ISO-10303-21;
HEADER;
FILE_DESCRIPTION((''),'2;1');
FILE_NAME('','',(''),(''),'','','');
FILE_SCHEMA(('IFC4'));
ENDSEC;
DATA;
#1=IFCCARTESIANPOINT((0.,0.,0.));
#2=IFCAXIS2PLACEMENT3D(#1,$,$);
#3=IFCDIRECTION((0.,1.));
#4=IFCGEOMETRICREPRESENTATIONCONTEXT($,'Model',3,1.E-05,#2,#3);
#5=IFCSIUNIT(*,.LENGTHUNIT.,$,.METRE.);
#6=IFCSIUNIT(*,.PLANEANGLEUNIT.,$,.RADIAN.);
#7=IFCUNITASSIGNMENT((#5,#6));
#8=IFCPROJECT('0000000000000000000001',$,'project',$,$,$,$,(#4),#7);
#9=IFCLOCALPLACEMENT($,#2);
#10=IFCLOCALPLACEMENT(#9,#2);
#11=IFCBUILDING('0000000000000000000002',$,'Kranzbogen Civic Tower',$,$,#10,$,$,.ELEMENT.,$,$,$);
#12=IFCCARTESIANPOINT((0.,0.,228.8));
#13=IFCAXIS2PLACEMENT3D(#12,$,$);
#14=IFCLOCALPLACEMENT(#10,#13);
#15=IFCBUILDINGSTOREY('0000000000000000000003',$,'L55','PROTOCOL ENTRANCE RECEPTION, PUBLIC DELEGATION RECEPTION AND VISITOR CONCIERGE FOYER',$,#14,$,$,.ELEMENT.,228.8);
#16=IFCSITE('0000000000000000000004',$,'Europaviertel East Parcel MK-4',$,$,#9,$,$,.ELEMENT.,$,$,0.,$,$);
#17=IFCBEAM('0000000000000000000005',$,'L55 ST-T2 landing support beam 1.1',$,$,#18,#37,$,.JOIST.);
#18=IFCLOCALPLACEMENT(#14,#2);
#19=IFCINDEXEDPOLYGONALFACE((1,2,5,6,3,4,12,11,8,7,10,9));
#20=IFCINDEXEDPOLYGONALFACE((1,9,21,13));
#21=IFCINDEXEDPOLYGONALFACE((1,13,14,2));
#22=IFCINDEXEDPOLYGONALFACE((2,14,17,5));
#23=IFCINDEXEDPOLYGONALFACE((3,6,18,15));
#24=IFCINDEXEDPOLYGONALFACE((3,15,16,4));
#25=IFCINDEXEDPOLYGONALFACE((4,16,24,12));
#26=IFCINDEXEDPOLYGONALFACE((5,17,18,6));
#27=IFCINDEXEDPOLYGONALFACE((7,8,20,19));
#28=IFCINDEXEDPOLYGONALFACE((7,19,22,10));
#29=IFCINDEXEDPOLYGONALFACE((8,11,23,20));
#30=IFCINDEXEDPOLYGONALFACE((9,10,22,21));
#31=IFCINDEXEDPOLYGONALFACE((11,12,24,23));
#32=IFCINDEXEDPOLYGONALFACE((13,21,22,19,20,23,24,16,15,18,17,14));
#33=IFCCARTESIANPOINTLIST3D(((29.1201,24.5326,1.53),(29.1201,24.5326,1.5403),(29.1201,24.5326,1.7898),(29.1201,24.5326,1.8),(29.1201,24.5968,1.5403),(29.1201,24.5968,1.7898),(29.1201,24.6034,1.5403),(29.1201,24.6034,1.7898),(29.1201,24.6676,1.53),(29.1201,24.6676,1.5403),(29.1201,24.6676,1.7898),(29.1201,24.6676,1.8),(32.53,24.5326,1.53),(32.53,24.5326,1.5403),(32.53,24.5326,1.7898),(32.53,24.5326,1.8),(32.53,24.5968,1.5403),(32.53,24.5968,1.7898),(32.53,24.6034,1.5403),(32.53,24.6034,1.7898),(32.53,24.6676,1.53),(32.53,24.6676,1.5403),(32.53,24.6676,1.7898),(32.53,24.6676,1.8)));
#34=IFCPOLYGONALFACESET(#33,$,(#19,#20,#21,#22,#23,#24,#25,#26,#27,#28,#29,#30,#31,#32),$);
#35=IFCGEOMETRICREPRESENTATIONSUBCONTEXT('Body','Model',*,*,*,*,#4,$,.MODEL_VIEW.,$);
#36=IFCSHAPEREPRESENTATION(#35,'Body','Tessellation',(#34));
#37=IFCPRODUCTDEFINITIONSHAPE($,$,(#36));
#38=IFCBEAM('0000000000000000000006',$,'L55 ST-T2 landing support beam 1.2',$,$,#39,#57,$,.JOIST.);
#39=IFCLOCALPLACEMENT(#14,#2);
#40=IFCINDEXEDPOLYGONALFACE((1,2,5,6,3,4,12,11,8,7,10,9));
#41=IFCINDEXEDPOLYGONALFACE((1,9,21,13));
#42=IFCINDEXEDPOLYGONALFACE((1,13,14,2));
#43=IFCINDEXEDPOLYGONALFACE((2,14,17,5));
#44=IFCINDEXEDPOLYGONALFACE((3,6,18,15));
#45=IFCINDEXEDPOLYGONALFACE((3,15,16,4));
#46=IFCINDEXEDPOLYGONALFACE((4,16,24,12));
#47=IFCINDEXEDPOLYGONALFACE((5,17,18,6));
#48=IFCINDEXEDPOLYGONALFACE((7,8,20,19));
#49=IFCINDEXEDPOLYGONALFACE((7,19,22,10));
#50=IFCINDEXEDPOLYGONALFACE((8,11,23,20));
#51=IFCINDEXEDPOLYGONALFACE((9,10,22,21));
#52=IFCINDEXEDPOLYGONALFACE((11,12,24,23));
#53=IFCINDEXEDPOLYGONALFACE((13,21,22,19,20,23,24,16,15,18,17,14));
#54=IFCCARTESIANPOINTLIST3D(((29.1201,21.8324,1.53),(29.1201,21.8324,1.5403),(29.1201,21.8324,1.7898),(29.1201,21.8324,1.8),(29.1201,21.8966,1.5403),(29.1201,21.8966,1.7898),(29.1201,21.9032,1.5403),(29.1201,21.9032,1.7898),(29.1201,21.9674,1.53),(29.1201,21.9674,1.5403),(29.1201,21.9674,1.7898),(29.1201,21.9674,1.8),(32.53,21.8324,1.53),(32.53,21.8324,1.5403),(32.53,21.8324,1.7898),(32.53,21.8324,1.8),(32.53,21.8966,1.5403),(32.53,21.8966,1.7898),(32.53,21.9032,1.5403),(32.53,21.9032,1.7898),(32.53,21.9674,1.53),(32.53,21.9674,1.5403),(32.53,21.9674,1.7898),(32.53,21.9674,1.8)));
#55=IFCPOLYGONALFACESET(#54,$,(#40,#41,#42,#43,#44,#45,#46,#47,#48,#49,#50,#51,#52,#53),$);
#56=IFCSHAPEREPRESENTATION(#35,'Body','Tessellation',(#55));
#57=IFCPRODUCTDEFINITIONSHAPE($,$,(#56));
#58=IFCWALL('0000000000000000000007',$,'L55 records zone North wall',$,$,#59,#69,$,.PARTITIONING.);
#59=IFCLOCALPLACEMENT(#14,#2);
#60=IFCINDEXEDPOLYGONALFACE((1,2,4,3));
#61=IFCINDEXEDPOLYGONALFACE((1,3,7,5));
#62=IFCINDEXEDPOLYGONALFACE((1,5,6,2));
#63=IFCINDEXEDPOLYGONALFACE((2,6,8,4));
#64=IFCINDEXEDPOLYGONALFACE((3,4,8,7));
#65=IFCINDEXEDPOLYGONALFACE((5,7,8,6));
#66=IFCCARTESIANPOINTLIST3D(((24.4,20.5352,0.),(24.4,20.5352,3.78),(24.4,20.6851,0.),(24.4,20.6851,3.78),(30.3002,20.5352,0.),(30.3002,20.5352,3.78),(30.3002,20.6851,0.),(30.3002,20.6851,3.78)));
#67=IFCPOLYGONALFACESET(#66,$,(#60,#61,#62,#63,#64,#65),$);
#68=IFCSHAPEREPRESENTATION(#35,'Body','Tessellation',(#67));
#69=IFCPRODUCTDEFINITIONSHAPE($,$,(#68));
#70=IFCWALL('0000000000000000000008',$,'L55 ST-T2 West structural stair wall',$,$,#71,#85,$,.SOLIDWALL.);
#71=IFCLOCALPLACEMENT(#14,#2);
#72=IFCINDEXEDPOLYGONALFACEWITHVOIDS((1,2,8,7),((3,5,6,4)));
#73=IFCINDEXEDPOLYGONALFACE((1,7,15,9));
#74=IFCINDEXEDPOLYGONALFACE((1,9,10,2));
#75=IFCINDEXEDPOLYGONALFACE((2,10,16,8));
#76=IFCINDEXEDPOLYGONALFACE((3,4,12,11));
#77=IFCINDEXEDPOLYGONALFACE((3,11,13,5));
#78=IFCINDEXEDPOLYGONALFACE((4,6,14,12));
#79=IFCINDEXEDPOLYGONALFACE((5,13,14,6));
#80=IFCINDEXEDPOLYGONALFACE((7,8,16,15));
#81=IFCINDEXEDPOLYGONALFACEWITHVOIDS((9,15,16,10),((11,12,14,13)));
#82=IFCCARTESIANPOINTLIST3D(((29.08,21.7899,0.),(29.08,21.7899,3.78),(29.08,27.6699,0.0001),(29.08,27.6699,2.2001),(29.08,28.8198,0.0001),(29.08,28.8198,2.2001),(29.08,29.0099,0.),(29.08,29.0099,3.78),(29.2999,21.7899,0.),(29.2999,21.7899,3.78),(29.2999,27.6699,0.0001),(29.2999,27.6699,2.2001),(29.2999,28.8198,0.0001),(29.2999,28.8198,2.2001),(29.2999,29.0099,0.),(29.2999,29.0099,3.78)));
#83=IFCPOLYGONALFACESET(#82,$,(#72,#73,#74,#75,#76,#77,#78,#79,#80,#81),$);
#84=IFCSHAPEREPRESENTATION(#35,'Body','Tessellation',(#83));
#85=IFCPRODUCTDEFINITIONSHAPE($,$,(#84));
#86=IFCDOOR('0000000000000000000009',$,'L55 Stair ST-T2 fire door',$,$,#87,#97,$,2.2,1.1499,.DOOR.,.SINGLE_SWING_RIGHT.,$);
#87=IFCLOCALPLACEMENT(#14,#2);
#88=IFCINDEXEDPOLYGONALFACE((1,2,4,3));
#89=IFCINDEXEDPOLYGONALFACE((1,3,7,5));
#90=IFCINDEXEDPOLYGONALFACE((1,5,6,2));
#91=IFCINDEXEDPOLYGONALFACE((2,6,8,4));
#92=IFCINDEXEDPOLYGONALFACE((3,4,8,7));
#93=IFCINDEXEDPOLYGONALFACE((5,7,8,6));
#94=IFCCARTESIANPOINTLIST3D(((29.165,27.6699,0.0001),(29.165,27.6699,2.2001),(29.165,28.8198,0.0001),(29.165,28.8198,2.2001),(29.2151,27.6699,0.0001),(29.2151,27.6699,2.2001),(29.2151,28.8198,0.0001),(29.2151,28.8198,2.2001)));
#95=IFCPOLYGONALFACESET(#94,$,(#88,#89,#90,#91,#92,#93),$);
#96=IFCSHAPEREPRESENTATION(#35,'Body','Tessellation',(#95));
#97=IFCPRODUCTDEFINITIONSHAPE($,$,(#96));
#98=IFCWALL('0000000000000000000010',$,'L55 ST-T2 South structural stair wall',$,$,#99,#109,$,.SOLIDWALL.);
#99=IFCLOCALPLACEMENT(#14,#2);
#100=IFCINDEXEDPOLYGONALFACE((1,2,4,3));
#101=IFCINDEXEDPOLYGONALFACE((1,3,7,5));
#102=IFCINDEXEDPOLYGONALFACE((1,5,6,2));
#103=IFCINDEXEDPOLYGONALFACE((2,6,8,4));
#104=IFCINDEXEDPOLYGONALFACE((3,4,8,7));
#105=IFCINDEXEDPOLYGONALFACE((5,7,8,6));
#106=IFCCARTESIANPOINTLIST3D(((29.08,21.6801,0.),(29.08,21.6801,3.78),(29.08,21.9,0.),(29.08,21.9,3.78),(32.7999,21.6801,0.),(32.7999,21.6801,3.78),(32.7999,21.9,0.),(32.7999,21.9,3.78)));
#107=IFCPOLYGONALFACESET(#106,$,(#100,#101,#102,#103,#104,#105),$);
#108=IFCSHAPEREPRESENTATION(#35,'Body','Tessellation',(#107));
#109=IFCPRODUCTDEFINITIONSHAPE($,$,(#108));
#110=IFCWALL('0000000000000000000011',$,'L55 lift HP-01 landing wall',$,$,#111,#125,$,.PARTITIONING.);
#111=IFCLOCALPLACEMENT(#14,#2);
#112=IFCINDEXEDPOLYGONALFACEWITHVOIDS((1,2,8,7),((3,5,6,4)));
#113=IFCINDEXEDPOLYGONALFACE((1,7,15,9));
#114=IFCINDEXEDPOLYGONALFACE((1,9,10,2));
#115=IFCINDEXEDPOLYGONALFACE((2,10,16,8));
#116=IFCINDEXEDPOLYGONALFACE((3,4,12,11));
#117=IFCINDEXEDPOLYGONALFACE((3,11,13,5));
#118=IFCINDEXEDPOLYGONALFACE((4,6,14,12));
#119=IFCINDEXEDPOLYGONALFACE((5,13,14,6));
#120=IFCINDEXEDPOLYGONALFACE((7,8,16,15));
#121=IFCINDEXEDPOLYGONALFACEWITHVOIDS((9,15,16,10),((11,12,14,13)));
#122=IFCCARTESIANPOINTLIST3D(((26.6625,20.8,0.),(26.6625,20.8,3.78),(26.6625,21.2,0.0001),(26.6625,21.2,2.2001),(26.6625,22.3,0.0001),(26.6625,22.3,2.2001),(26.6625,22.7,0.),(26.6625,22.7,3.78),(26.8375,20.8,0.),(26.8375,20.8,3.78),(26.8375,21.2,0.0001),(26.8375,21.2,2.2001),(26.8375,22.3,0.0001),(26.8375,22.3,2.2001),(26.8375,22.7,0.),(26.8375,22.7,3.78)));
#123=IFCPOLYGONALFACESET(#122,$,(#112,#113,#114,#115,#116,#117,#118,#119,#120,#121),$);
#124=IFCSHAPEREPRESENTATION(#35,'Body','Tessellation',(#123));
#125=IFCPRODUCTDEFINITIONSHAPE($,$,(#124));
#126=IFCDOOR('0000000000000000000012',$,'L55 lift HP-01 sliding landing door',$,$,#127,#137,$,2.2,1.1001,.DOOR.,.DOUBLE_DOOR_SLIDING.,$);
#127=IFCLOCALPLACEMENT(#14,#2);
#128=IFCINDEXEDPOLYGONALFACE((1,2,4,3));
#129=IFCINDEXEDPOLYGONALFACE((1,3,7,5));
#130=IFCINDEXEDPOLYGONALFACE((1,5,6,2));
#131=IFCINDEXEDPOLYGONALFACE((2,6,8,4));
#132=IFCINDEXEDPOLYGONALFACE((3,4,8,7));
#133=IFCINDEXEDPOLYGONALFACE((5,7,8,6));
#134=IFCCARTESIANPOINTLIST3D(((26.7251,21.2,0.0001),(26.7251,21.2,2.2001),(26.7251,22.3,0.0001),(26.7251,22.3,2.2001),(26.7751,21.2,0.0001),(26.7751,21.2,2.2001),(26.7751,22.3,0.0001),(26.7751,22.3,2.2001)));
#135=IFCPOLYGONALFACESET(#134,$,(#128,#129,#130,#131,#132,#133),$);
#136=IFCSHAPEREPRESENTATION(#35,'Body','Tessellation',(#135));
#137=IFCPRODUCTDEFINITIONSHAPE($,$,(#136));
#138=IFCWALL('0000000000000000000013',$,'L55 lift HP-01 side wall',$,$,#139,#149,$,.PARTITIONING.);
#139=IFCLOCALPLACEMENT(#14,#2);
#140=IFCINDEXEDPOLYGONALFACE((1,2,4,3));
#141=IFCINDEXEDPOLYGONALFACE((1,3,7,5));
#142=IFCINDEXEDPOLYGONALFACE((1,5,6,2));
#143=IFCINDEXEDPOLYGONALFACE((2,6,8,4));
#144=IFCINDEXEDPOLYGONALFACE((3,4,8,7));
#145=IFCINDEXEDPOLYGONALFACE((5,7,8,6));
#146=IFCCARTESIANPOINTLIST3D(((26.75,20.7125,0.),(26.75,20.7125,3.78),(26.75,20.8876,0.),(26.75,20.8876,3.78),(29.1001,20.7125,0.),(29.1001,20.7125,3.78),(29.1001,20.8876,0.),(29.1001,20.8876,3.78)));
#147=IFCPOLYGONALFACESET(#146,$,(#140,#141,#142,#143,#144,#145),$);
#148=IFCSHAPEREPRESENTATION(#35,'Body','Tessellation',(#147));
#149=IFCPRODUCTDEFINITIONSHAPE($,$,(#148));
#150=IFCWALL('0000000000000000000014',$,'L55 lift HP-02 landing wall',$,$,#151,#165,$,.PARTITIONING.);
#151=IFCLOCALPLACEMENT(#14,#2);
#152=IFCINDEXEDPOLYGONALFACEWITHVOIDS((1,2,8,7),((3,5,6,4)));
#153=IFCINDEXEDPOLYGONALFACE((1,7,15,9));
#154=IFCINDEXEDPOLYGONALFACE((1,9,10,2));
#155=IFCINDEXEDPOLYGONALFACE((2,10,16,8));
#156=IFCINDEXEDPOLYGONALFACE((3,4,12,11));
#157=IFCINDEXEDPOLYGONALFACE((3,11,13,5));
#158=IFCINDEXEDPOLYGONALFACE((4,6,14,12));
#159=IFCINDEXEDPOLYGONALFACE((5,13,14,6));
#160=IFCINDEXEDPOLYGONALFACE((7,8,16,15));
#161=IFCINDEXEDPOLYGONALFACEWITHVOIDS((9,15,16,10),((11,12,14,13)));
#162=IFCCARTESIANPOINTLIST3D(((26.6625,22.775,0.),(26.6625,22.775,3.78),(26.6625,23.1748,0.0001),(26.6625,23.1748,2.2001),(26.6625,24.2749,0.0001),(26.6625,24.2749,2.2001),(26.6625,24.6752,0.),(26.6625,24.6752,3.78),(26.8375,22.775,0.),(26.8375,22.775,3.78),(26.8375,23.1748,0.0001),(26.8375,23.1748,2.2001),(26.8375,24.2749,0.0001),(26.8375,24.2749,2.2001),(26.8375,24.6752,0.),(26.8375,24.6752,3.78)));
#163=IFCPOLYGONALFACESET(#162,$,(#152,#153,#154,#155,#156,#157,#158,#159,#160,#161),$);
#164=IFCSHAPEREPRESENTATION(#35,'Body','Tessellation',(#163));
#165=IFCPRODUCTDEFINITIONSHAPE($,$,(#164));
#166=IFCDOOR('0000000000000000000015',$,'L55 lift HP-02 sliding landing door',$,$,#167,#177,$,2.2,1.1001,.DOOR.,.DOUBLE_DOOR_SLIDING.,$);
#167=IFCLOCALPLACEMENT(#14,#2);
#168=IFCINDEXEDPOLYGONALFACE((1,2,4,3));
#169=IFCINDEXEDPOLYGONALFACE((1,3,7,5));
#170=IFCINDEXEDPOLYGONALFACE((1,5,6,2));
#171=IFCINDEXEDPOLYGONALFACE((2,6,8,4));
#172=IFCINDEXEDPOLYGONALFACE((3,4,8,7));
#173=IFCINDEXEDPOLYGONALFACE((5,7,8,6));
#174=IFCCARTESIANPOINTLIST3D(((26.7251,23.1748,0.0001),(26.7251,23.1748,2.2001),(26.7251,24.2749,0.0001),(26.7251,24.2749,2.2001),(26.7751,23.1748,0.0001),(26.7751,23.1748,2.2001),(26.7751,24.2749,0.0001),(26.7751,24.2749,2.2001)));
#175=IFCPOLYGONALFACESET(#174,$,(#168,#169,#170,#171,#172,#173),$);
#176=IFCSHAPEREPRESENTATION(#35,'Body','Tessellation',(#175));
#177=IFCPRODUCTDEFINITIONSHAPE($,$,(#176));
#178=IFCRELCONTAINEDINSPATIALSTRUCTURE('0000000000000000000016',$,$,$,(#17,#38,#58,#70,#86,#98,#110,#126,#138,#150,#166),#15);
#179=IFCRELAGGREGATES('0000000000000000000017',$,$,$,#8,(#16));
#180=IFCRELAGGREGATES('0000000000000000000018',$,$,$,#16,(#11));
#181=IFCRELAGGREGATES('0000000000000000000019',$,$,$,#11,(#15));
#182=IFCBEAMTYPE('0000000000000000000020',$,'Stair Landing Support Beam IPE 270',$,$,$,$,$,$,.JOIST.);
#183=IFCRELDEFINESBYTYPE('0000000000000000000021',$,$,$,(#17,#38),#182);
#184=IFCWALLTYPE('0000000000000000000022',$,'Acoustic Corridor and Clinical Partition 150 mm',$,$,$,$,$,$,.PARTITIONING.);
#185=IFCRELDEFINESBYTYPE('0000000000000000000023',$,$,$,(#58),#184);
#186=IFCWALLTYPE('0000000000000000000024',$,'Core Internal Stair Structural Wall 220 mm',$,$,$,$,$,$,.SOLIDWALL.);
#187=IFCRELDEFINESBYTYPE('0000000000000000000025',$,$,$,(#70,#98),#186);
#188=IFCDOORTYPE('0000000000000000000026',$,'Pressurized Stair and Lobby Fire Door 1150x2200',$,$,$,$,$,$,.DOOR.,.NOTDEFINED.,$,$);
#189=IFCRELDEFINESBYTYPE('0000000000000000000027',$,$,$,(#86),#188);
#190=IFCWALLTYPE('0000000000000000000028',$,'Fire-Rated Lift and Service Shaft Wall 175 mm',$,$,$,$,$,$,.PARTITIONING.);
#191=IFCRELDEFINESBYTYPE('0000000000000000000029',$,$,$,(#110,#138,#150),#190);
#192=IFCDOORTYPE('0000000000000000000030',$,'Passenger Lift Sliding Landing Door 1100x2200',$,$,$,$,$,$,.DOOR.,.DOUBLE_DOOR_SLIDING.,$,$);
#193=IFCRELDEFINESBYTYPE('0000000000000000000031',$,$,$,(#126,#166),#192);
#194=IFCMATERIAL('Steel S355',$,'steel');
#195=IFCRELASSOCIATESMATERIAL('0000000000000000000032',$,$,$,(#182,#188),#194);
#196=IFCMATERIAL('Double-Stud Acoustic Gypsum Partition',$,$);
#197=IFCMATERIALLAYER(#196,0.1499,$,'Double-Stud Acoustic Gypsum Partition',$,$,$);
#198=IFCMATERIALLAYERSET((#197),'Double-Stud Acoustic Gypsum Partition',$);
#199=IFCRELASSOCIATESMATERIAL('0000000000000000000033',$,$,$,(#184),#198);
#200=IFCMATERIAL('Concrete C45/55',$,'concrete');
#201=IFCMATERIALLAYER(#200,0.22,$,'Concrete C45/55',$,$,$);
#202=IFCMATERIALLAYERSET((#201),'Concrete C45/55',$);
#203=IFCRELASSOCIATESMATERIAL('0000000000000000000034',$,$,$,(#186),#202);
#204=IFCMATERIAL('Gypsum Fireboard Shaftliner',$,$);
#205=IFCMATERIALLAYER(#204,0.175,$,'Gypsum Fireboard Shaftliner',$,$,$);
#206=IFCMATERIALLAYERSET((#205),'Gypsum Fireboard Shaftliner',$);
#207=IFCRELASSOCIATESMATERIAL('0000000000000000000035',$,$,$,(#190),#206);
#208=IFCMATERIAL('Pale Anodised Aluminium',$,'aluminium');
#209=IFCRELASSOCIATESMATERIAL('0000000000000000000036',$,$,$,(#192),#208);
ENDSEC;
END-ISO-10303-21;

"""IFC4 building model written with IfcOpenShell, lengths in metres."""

from ifc_helpers import new_model, si_unit, direction, frame, frame_2d, origin, origin_2d, place, context, subcontext, project, spatial, rectangle, i_section, extrude, material, layer, layer_set, material_profile, profile_set, type_object, element, fill, save


model = new_model("IFC4")

# Units and contexts
model_context = context("Model", 3, precision=1e-05, world=origin(), true_north=direction((0.0, 1.0)))
body_context = subcontext(model_context, "Body", "Model", "MODEL_VIEW")
ifc_project = project(units=[si_unit("LENGTHUNIT", "METRE"), si_unit("PLANEANGLEUNIT", "RADIAN")], contexts=[model_context])

# Site, building, storey
site_placement = place(None, origin())
site = spatial("IfcSite", under=ifc_project, at=site_placement, Name="Europaviertel East Parcel MK-4", CompositionType="ELEMENT", RefElevation=0.0)
building_placement = place(site_placement, origin())
building = spatial("IfcBuilding", under=site, at=building_placement, Name="Kranzbogen Civic Tower", CompositionType="ELEMENT")
storey_placement = place(building_placement, frame((0.0, 0.0, 228.8)))
storey = spatial("IfcBuildingStorey", under=building, at=storey_placement, Name="L55", Description="PROTOCOL ENTRANCE RECEPTION, PUBLIC DELEGATION RECEPTION AND VISITOR CONCIERGE FOYER", CompositionType="ELEMENT", Elevation=228.8)

# Beams
ifc_material_1 = material(Name="Steel S355", Category="steel")
ifc_material_profile = material_profile(ifc_material_1, i_section(OverallWidth=0.135, OverallDepth=0.27, WebThickness=0.0066, FlangeThickness=0.0103, at=origin_2d()), Name="IPE 270")
ifc_profile_set = profile_set([ifc_material_profile], Name="Steel S355")
beam_type = type_object("IfcBeamType", Name="Stair Landing Support Beam IPE 270", PredefinedType="JOIST", material=ifc_profile_set)
for number, where, z_axis, x_axis, name in (
    (1, (29.1201, 24.6001, 1.665), (1.0, 0.0, 0.0), (0.0, 1.0, 0.0), "L55 ST-T2 landing support beam 1.1"),
    (2, (29.1201, 21.8999, 1.665), (1.0, 0.0, 0.0), (0.0, 1.0, 0.0), "L55 ST-T2 landing support beam 1.2"),
):
    element("IfcBeam", number, at=place(storey_placement, frame(where, z_axis=z_axis, x_axis=x_axis)), inside=storey, type_object=beam_type, Name=name, PredefinedType="JOIST", context=body_context, shape_type="SweptSolid", body=[
        extrude(i_section(OverallWidth=0.135, OverallDepth=0.27, WebThickness=0.0066, FlangeThickness=0.0103, at=origin_2d()), origin(), (0.0, 0.0, 1.0), 3.4099),
    ])

# Wall
ifc_material_2 = material(Name="Double-Stud Acoustic Gypsum Partition")
ifc_layer_1 = layer(ifc_material_2, 0.1499, Name="Double-Stud Acoustic Gypsum Partition")
ifc_layer_set_1 = layer_set([ifc_layer_1], Name="Double-Stud Acoustic Gypsum Partition")
wall_type_1 = type_object("IfcWallType", Name="Acoustic Corridor and Clinical Partition 150 mm", PredefinedType="PARTITIONING", material=ifc_layer_set_1)
wall_1_placement = place(storey_placement, frame((24.3999, 20.6101, 0.0), z_axis=(0.0, 0.0, 1.0), x_axis=(1.0, 0.0, 0.0)))
element("IfcWall", 3, at=wall_1_placement, inside=storey, type_object=wall_type_1, Name="L55 records zone North wall", PredefinedType="PARTITIONING", context=body_context, shape_type="SweptSolid", body=[
    extrude(rectangle(XDim=5.9001, YDim=0.1499, at=frame_2d((2.9502, 0.0))), origin(), (0.0, 0.0, 1.0), 3.78),
])

# Wall, opening, door
ifc_material_3 = material(Name="Concrete C45/55", Category="concrete")
ifc_layer_2 = layer(ifc_material_3, 0.22, Name="Concrete C45/55")
ifc_layer_set_2 = layer_set([ifc_layer_2], Name="Concrete C45/55")
wall_type_2 = type_object("IfcWallType", Name="Core Internal Stair Structural Wall 220 mm", PredefinedType="SOLIDWALL", material=ifc_layer_set_2)
wall_2_placement = place(storey_placement, frame((29.1899, 21.79, 0.0), z_axis=(0.0, 0.0, 1.0), x_axis=(0.0, 1.0, 0.0)))
wall_2 = element("IfcWall", 4, at=wall_2_placement, inside=storey, type_object=wall_type_2, Name="L55 ST-T2 West structural stair wall", PredefinedType="SOLIDWALL", context=body_context, shape_type="SweptSolid", body=[
    extrude(rectangle(XDim=7.22, YDim=0.22, at=frame_2d((3.6099, 0.0))), origin(), (0.0, 0.0, 1.0), 3.78),
])
opening_1_placement = place(wall_2_placement, frame((5.8799, 0.0, 0.0)))
opening_1 = element("IfcOpeningElement", 5, at=opening_1_placement, cuts=wall_2, PredefinedType="OPENING", context=body_context, shape_type="SweptSolid", body=[
    extrude(rectangle(XDim=1.1499, YDim=2.2, at=frame_2d((0.575, 1.1001))), frame((0.0, 0.1201, 0.0), z_axis=(0.0, -1.0, 0.0), x_axis=(1.0, 0.0, 0.0)), (0.0, 0.0, 1.0), 0.24),
])
door_type_1 = type_object("IfcDoorType", Name="Pressurized Stair and Lobby Fire Door 1150x2200", OperationType="NOTDEFINED", PredefinedType="DOOR", material=ifc_material_1)
door_1_placement = place(opening_1_placement, origin())
door_1 = element("IfcDoor", 6, at=door_1_placement, inside=storey, type_object=door_type_1, Name="L55 Stair ST-T2 fire door", OperationType="SINGLE_SWING_RIGHT", OverallHeight=2.2, OverallWidth=1.1499, PredefinedType="DOOR", context=body_context, shape_type="SweptSolid", body=[
    extrude(rectangle(XDim=1.1499, YDim=2.2, at=frame_2d((0.575, 1.1001))), frame((0.0, 0.0249, 0.0), z_axis=(0.0, -1.0, 0.0), x_axis=(1.0, 0.0, 0.0)), (0.0, 0.0, 1.0), 0.05),
])
fill(opening_1, door_1)

# Wall
wall_3_placement = place(storey_placement, frame((29.0801, 21.79, 0.0), z_axis=(0.0, 0.0, 1.0), x_axis=(1.0, 0.0, 0.0)))
element("IfcWall", 7, at=wall_3_placement, inside=storey, type_object=wall_type_2, Name="L55 ST-T2 South structural stair wall", PredefinedType="SOLIDWALL", context=body_context, shape_type="SweptSolid", body=[
    extrude(rectangle(XDim=3.72, YDim=0.22, at=frame_2d((1.8599, 0.0))), origin(), (0.0, 0.0, 1.0), 3.78),
])

# Wall, opening, door
ifc_material_4 = material(Name="Gypsum Fireboard Shaftliner")
ifc_layer_3 = layer(ifc_material_4, 0.175, Name="Gypsum Fireboard Shaftliner")
ifc_layer_set_3 = layer_set([ifc_layer_3], Name="Gypsum Fireboard Shaftliner")
wall_type_3 = type_object("IfcWallType", Name="Fire-Rated Lift and Service Shaft Wall 175 mm", PredefinedType="PARTITIONING", material=ifc_layer_set_3)
wall_4_placement = place(storey_placement, frame((26.75, 20.8, 0.0), z_axis=(0.0, 0.0, 1.0), x_axis=(0.0, 1.0, 0.0)))
wall_4 = element("IfcWall", 8, at=wall_4_placement, inside=storey, type_object=wall_type_3, Name="L55 lift HP-01 landing wall", PredefinedType="PARTITIONING", context=body_context, shape_type="SweptSolid", body=[
    extrude(rectangle(XDim=1.8999, YDim=0.175, at=frame_2d((0.95, 0.0))), origin(), (0.0, 0.0, 1.0), 3.78),
])
opening_2_placement = place(wall_4_placement, frame((0.3999, 0.0, 0.0)))
opening_2 = element("IfcOpeningElement", 9, at=opening_2_placement, cuts=wall_4, PredefinedType="OPENING", context=body_context, shape_type="SweptSolid", body=[
    extrude(rectangle(XDim=1.1001, YDim=2.2, at=frame_2d((0.55, 1.1001))), frame((0.0, 0.0977, 0.0), z_axis=(0.0, -1.0, 0.0), x_axis=(1.0, 0.0, 0.0)), (0.0, 0.0, 1.0), 0.1951),
])
ifc_material_5 = material(Name="Pale Anodised Aluminium", Category="aluminium")
door_type_2 = type_object("IfcDoorType", Name="Passenger Lift Sliding Landing Door 1100x2200", OperationType="DOUBLE_DOOR_SLIDING", PredefinedType="DOOR", material=ifc_material_5)
door_2_placement = place(opening_2_placement, origin())
door_2 = element("IfcDoor", 10, at=door_2_placement, inside=storey, type_object=door_type_2, Name="L55 lift HP-01 sliding landing door", OperationType="DOUBLE_DOOR_SLIDING", OverallHeight=2.2, OverallWidth=1.1001, PredefinedType="DOOR", context=body_context, shape_type="SweptSolid", body=[
    extrude(rectangle(XDim=1.1001, YDim=2.2, at=frame_2d((0.55, 1.1001))), frame((0.0, 0.0249, 0.0), z_axis=(0.0, -1.0, 0.0), x_axis=(1.0, 0.0, 0.0)), (0.0, 0.0, 1.0), 0.05),
])
fill(opening_2, door_2)

# Wall
wall_5_placement = place(storey_placement, frame((26.75, 20.8, 0.0), z_axis=(0.0, 0.0, 1.0), x_axis=(1.0, 0.0, 0.0)))
element("IfcWall", 11, at=wall_5_placement, inside=storey, type_object=wall_type_3, Name="L55 lift HP-01 side wall", PredefinedType="PARTITIONING", context=body_context, shape_type="SweptSolid", body=[
    extrude(rectangle(XDim=2.3501, YDim=0.175, at=frame_2d((1.175, 0.0))), origin(), (0.0, 0.0, 1.0), 3.78),
])

# Wall, opening, door
wall_6_placement = place(storey_placement, frame((26.75, 22.7749, 0.0), z_axis=(0.0, 0.0, 1.0), x_axis=(0.0, 1.0, 0.0)))
wall_6 = element("IfcWall", 12, at=wall_6_placement, inside=storey, type_object=wall_type_3, Name="L55 lift HP-02 landing wall", PredefinedType="PARTITIONING", context=body_context, shape_type="SweptSolid", body=[
    extrude(rectangle(XDim=1.9001, YDim=0.175, at=frame_2d((0.9502, 0.0))), origin(), (0.0, 0.0, 1.0), 3.78),
])
opening_3_placement = place(wall_6_placement, frame((0.3999, 0.0, 0.0)))
opening_3 = element("IfcOpeningElement", 13, at=opening_3_placement, cuts=wall_6, PredefinedType="OPENING", context=body_context, shape_type="SweptSolid", body=[
    extrude(rectangle(XDim=1.1001, YDim=2.2, at=frame_2d((0.55, 1.1001))), frame((0.0, 0.0977, 0.0), z_axis=(0.0, -1.0, 0.0), x_axis=(1.0, 0.0, 0.0)), (0.0, 0.0, 1.0), 0.1951),
])
door_3_placement = place(opening_3_placement, origin())
door_3 = element("IfcDoor", 14, at=door_3_placement, inside=storey, type_object=door_type_2, Name="L55 lift HP-02 sliding landing door", OperationType="DOUBLE_DOOR_SLIDING", OverallHeight=2.2, OverallWidth=1.1001, PredefinedType="DOOR", context=body_context, shape_type="SweptSolid", body=[
    extrude(rectangle(XDim=1.1001, YDim=2.2, at=frame_2d((0.55, 1.1001))), frame((0.0, 0.0249, 0.0), z_axis=(0.0, -1.0, 0.0), x_axis=(1.0, 0.0, 0.0)), (0.0, 0.0, 1.0), 0.05),
])
fill(opening_3, door_3)

save(model, "model.ifc")
